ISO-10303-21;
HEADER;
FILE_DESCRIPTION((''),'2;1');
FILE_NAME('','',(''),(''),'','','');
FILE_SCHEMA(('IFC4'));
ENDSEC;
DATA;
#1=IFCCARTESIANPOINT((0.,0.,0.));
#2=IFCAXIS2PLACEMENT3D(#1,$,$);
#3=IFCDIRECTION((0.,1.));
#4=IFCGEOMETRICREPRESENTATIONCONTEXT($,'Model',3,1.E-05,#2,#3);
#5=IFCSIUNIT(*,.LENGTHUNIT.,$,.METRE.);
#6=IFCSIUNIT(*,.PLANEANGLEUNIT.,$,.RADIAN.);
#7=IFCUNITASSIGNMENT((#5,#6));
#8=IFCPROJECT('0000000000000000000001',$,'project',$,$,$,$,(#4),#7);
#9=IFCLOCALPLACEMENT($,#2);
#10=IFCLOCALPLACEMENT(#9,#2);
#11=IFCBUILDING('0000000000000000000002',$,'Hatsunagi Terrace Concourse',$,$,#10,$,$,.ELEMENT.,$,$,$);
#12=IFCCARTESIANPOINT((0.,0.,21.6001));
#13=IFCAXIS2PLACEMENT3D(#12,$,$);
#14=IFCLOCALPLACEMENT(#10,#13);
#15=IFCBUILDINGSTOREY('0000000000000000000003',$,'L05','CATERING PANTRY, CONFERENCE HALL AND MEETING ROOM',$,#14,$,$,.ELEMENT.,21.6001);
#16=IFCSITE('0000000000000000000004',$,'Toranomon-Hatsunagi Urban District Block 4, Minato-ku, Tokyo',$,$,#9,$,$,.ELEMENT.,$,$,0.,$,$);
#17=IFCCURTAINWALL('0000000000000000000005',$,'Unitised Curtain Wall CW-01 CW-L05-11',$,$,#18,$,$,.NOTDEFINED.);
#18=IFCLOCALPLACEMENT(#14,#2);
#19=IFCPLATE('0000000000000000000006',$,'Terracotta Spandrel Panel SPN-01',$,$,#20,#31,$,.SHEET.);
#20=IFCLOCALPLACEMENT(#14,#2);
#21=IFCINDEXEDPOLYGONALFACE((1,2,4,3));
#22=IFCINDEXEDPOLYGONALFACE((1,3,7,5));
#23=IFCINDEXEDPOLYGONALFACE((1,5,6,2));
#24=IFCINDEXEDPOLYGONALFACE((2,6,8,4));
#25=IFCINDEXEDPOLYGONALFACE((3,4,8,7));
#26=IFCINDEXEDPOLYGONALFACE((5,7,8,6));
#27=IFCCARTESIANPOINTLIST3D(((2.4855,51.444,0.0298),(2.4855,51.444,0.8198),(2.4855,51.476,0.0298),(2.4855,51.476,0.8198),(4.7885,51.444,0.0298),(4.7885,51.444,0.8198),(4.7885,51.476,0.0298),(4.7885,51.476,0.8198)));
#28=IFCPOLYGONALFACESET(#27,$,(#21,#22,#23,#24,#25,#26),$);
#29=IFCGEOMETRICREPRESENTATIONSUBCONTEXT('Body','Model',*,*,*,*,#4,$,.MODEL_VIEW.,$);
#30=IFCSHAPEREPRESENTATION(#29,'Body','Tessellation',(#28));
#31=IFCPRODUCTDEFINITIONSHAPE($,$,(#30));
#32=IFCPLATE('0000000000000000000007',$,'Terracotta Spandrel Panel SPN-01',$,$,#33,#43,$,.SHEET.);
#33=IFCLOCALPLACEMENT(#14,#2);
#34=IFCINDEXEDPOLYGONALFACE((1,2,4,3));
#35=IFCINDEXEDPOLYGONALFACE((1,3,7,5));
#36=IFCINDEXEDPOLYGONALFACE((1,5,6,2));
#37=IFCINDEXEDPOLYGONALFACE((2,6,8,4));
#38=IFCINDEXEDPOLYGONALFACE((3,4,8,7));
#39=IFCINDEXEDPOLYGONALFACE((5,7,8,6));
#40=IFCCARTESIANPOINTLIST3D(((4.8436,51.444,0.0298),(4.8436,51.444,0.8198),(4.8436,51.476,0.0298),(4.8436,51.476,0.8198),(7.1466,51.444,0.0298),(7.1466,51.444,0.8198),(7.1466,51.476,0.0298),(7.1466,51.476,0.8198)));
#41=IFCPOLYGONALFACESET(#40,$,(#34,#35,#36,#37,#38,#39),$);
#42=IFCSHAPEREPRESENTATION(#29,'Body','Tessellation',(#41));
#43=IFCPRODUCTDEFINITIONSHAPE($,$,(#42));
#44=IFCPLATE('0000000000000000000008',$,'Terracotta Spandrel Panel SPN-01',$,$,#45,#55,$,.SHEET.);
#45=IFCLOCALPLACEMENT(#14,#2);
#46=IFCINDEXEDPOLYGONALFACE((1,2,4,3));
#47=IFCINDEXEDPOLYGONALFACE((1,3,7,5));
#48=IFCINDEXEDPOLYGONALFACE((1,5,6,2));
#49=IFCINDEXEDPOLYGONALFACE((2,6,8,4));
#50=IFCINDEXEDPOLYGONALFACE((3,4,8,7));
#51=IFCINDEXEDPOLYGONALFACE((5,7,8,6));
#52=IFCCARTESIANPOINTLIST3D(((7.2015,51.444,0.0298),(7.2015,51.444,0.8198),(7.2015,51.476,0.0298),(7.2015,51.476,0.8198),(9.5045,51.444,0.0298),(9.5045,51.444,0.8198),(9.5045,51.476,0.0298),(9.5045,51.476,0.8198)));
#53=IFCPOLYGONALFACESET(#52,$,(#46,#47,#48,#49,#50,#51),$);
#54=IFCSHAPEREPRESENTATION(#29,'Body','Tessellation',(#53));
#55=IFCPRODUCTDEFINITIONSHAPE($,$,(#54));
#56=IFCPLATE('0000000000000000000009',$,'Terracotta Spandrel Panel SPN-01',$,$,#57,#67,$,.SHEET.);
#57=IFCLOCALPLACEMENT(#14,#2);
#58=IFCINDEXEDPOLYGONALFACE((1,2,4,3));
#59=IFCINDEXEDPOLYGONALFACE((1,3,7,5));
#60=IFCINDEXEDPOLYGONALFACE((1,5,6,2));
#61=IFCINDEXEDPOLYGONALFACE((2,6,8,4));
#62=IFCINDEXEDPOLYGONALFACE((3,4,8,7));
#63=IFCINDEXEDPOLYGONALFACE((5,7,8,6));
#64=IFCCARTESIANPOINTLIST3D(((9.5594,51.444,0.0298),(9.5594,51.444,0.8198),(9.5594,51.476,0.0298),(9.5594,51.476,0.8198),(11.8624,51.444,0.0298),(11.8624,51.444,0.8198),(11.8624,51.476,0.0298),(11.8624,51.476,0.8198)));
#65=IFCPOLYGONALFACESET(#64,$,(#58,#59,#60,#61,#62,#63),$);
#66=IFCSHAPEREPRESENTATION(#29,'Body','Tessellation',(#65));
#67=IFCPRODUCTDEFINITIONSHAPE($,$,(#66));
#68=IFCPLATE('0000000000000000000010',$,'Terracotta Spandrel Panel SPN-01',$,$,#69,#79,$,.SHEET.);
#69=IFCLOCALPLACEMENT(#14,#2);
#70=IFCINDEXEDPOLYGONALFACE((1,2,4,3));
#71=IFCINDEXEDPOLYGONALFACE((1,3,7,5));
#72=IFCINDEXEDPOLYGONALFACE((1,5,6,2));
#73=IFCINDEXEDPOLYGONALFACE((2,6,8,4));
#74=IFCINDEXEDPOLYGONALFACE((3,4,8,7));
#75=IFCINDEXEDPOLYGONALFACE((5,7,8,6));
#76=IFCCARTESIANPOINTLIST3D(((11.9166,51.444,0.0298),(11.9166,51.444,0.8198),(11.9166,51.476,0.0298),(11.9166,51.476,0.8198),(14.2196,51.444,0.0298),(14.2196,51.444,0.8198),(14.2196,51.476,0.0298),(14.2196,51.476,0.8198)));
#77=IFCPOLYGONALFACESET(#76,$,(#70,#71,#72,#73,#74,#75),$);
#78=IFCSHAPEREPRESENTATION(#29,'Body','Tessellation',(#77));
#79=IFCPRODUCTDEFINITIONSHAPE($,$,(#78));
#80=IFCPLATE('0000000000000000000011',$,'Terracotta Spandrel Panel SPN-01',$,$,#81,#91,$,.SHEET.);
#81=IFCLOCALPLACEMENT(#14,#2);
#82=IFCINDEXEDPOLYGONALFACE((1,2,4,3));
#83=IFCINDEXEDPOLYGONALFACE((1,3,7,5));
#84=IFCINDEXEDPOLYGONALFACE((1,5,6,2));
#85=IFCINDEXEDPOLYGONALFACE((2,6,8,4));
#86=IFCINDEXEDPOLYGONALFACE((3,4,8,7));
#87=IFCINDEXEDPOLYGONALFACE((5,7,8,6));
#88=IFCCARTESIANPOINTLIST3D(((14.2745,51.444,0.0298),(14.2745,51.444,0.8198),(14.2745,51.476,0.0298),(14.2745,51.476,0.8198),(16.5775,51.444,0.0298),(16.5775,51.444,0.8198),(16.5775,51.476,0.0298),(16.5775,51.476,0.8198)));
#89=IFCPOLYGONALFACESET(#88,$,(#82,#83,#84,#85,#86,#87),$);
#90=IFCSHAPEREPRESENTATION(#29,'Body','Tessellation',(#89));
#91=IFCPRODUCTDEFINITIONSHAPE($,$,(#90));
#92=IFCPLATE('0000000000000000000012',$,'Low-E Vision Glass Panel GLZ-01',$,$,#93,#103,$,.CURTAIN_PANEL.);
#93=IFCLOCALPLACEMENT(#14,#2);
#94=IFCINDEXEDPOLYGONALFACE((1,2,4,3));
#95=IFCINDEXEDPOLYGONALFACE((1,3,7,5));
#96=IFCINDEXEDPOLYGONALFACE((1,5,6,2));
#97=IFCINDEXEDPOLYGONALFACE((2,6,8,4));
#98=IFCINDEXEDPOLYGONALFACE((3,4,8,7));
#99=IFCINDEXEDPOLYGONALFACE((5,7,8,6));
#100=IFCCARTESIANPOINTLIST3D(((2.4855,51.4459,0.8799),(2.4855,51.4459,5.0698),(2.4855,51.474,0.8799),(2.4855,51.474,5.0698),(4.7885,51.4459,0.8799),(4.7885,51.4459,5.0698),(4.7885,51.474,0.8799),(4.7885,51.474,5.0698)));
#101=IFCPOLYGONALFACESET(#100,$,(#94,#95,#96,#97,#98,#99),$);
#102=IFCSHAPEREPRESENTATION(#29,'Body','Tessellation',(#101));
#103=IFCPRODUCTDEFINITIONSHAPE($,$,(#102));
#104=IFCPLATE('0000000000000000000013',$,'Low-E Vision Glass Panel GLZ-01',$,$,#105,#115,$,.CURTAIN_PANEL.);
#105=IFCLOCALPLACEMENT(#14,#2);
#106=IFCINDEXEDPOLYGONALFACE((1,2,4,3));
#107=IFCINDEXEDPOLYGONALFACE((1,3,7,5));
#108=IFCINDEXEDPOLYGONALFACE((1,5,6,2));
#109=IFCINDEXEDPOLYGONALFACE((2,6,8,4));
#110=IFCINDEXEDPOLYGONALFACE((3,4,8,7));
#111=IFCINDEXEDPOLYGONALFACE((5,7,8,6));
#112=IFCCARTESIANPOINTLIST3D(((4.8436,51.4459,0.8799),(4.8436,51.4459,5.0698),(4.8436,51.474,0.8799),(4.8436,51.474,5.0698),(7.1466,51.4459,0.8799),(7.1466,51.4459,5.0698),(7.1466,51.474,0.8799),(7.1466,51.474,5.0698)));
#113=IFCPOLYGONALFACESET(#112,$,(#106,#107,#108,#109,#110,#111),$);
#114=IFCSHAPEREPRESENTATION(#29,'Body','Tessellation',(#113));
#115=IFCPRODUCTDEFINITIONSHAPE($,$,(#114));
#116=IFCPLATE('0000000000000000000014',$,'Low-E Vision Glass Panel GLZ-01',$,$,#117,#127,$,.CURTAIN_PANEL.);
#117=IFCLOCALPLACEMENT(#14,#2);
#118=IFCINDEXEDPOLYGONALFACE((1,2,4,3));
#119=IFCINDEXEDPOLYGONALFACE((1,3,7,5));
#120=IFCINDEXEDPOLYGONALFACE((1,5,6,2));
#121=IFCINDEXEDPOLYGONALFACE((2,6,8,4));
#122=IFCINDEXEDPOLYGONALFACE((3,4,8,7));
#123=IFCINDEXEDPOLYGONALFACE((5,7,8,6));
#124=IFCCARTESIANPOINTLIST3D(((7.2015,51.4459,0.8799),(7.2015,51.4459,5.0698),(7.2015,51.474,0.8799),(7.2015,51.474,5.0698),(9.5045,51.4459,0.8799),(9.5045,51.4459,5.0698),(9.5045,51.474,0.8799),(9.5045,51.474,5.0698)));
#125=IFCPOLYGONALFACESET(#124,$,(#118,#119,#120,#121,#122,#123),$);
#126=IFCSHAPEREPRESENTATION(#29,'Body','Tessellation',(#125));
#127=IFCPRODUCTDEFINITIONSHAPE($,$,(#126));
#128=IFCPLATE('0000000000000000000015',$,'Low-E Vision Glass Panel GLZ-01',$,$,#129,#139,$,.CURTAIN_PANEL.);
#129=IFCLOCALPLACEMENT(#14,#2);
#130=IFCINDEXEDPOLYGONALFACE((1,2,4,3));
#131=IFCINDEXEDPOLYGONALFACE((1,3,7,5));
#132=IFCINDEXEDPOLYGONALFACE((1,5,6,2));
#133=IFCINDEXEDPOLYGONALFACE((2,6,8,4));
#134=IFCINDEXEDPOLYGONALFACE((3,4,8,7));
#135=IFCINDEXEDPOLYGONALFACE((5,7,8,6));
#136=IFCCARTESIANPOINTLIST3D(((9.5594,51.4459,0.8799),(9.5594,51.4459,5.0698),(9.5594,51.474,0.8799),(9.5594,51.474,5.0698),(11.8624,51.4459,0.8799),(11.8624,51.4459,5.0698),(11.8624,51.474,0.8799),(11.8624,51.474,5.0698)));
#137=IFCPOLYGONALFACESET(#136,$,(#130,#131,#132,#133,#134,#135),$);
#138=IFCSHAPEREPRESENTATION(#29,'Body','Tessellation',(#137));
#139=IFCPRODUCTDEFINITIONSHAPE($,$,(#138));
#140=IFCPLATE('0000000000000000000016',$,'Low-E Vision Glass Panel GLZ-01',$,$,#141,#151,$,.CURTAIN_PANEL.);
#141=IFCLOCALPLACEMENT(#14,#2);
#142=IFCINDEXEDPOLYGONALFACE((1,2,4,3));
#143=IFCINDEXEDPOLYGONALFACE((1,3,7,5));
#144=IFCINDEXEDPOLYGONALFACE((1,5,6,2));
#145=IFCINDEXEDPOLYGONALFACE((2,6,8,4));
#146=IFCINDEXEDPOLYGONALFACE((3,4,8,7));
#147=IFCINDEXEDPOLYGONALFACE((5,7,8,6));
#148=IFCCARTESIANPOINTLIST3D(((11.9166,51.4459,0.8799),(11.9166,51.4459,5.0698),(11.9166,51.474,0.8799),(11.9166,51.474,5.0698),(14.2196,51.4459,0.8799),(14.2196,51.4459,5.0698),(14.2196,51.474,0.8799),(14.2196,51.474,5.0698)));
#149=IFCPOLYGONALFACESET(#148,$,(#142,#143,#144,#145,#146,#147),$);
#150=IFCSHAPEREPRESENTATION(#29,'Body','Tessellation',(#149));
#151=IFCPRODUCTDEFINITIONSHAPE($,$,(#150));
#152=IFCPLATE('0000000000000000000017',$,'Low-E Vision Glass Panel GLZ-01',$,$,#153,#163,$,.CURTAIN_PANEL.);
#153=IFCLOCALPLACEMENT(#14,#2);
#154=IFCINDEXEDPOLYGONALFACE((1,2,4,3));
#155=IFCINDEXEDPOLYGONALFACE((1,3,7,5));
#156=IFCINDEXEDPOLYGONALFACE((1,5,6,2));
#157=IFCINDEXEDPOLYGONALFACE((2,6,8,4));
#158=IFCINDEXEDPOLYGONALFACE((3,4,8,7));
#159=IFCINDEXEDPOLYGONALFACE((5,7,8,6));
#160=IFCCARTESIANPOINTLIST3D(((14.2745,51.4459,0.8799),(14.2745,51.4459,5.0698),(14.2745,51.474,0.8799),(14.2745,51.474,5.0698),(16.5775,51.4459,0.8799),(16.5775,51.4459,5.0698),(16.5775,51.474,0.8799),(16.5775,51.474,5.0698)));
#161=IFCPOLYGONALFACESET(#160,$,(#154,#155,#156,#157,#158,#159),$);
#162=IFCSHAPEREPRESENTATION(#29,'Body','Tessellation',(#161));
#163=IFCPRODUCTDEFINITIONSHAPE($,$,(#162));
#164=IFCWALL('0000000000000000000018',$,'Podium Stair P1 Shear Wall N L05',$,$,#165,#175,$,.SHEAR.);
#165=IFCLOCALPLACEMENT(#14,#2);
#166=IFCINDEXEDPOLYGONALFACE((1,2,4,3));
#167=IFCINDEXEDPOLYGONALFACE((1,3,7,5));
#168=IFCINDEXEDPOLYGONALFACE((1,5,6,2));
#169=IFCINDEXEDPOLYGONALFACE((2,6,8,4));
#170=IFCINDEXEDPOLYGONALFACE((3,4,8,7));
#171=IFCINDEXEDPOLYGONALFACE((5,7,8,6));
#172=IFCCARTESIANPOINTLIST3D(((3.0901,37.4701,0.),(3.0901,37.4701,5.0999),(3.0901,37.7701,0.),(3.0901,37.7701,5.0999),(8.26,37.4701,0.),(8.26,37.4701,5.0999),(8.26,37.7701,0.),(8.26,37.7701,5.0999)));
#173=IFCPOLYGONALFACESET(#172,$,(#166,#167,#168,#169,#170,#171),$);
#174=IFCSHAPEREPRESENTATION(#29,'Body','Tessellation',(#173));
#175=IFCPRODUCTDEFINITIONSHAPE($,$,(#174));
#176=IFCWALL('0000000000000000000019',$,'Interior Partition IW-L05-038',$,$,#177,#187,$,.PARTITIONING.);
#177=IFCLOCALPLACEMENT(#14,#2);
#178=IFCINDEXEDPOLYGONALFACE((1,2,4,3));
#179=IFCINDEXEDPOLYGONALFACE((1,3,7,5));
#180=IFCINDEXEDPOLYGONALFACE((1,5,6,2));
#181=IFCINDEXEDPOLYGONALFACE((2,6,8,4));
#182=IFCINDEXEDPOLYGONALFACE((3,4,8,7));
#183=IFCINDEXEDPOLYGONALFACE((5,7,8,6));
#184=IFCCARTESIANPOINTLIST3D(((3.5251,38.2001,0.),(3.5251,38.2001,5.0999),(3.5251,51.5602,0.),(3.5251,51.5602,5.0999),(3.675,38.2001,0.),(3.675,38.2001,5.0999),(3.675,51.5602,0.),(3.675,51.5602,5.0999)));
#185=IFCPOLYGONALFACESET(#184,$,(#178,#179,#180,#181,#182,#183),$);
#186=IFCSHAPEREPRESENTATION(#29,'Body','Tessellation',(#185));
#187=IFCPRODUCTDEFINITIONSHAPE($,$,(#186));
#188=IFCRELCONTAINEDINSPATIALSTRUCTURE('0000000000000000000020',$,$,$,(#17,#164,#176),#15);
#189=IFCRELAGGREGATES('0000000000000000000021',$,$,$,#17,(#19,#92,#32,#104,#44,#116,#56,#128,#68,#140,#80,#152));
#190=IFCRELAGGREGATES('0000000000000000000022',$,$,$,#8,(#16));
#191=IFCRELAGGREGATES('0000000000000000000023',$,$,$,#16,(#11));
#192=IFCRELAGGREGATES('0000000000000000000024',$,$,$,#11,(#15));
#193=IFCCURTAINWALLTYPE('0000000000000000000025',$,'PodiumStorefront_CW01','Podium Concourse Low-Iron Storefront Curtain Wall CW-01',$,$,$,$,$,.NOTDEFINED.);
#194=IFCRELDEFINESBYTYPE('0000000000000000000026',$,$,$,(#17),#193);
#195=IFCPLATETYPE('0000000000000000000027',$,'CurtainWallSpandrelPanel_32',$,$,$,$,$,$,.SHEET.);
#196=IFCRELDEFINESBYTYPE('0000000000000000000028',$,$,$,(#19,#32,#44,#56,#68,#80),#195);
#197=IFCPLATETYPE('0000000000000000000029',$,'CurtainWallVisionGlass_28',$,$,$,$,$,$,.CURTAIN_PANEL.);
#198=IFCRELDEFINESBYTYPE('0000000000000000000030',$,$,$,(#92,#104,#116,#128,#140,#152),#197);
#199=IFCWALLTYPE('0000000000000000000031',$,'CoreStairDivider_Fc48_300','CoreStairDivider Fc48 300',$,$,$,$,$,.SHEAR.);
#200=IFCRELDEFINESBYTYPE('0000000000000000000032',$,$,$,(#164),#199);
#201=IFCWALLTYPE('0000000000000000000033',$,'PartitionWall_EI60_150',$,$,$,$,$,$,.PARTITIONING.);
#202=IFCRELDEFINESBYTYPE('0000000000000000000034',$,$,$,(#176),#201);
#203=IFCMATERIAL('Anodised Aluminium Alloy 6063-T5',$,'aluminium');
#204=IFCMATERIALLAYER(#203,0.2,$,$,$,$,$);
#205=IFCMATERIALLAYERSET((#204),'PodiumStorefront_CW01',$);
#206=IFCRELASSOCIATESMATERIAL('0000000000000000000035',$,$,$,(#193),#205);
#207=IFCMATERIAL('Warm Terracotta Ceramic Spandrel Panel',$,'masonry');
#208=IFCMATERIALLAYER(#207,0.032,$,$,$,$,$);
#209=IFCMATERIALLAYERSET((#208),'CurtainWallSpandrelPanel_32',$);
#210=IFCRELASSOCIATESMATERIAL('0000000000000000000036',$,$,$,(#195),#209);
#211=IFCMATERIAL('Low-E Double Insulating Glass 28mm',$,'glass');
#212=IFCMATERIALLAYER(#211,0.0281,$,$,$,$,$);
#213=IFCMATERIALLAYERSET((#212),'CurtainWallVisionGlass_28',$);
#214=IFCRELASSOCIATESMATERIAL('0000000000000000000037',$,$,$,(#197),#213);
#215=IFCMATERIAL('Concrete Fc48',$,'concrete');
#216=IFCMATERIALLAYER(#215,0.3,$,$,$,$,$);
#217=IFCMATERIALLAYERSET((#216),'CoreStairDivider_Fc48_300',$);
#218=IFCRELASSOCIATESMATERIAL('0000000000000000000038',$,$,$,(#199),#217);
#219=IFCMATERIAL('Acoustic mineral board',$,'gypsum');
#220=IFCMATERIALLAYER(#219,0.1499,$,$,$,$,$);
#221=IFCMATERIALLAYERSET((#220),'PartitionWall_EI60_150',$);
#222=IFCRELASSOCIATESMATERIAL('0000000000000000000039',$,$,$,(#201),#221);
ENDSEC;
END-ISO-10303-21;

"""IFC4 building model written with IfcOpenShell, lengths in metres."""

from ifc_helpers import new_model, si_unit, direction, frame, frame_2d, origin, origin_2d, place, context, subcontext, project, spatial, rectangle, extrude, material, layer, layer_set, type_object, element, aggregate, save


model = new_model("IFC4")

# Units and contexts
model_context = context("Model", 3, precision=1e-05, world=origin(), true_north=direction((0.0, 1.0)))
body_context = subcontext(model_context, "Body", "Model", "MODEL_VIEW")
ifc_project = project(units=[si_unit("LENGTHUNIT", "METRE"), si_unit("PLANEANGLEUNIT", "RADIAN")], contexts=[model_context])

# Site, building, storey
site_placement = place(None, origin())
site = spatial("IfcSite", under=ifc_project, at=site_placement, Name="Toranomon-Hatsunagi Urban District Block 4, Minato-ku, Tokyo", CompositionType="ELEMENT", RefElevation=0.0)
building_placement = place(site_placement, origin())
building = spatial("IfcBuilding", under=site, at=building_placement, Name="Hatsunagi Terrace Concourse", CompositionType="ELEMENT")
storey_placement = place(building_placement, frame((0.0, 0.0, 21.6001)))
storey = spatial("IfcBuildingStorey", under=building, at=storey_placement, Name="L05", Description="CATERING PANTRY, CONFERENCE HALL AND MEETING ROOM", CompositionType="ELEMENT", Elevation=21.6001)

# Curtain wall
ifc_material_1 = material(Name="Anodised Aluminium Alloy 6063-T5", Category="aluminium")
ifc_layer_1 = layer(ifc_material_1, 0.2)
ifc_layer_set_1 = layer_set([ifc_layer_1], Name="PodiumStorefront_CW01")
curtain_wall_type = type_object("IfcCurtainWallType", Name="PodiumStorefront_CW01", Description="Podium Concourse Low-Iron Storefront Curtain Wall CW-01", PredefinedType="NOTDEFINED", material=ifc_layer_set_1)
curtain_wall_placement = place(storey_placement, origin())
curtain_wall = element("IfcCurtainWall", 1, at=curtain_wall_placement, inside=storey, type_object=curtain_wall_type, Name="Unitised Curtain Wall CW-01 CW-L05-11", PredefinedType="NOTDEFINED")

# Plates
ifc_material_2 = material(Name="Warm Terracotta Ceramic Spandrel Panel", Category="masonry")
ifc_layer_2 = layer(ifc_material_2, 0.032)
ifc_layer_set_2 = layer_set([ifc_layer_2], Name="CurtainWallSpandrelPanel_32")
plate_type_1 = type_object("IfcPlateType", Name="CurtainWallSpandrelPanel_32", PredefinedType="SHEET", material=ifc_layer_set_2)
plate_1_placement = place(storey_placement, frame((3.637, 51.46, 0.0298), z_axis=(0.0, 0.0, 1.0), x_axis=(1.0, 0.0, 0.0)))
plate_1 = element("IfcPlate", 2, at=plate_1_placement, type_object=plate_type_1, Name="Terracotta Spandrel Panel SPN-01", PredefinedType="SHEET", context=body_context, shape_type="SweptSolid", body=[
    extrude(rectangle(XDim=2.303, YDim=0.032, at=origin_2d()), origin(), (0.0, 0.0, 1.0), 0.79),
])
plate_2_placement = place(storey_placement, frame((5.9951, 51.46, 0.0298), z_axis=(0.0, 0.0, 1.0), x_axis=(1.0, 0.0, 0.0)))
plate_2 = element("IfcPlate", 3, at=plate_2_placement, type_object=plate_type_1, Name="Terracotta Spandrel Panel SPN-01", PredefinedType="SHEET", context=body_context, shape_type="SweptSolid", body=[
    extrude(rectangle(XDim=2.303, YDim=0.032, at=origin_2d()), origin(), (0.0, 0.0, 1.0), 0.79),
])
plate_3_placement = place(storey_placement, frame((8.353, 51.46, 0.0298), z_axis=(0.0, 0.0, 1.0), x_axis=(1.0, 0.0, 0.0)))
plate_3 = element("IfcPlate", 4, at=plate_3_placement, type_object=plate_type_1, Name="Terracotta Spandrel Panel SPN-01", PredefinedType="SHEET", context=body_context, shape_type="SweptSolid", body=[
    extrude(rectangle(XDim=2.303, YDim=0.032, at=origin_2d()), origin(), (0.0, 0.0, 1.0), 0.79),
])
plate_4_placement = place(storey_placement, frame((10.7109, 51.46, 0.0298), z_axis=(0.0, 0.0, 1.0), x_axis=(1.0, 0.0, 0.0)))
plate_4 = element("IfcPlate", 5, at=plate_4_placement, type_object=plate_type_1, Name="Terracotta Spandrel Panel SPN-01", PredefinedType="SHEET", context=body_context, shape_type="SweptSolid", body=[
    extrude(rectangle(XDim=2.303, YDim=0.032, at=origin_2d()), origin(), (0.0, 0.0, 1.0), 0.79),
])
plate_5_placement = place(storey_placement, frame((13.0681, 51.46, 0.0298), z_axis=(0.0, 0.0, 1.0), x_axis=(1.0, 0.0, 0.0)))
plate_5 = element("IfcPlate", 6, at=plate_5_placement, type_object=plate_type_1, Name="Terracotta Spandrel Panel SPN-01", PredefinedType="SHEET", context=body_context, shape_type="SweptSolid", body=[
    extrude(rectangle(XDim=2.303, YDim=0.032, at=origin_2d()), origin(), (0.0, 0.0, 1.0), 0.79),
])
plate_6_placement = place(storey_placement, frame((15.426, 51.46, 0.0298), z_axis=(0.0, 0.0, 1.0), x_axis=(1.0, 0.0, 0.0)))
plate_6 = element("IfcPlate", 7, at=plate_6_placement, type_object=plate_type_1, Name="Terracotta Spandrel Panel SPN-01", PredefinedType="SHEET", context=body_context, shape_type="SweptSolid", body=[
    extrude(rectangle(XDim=2.303, YDim=0.032, at=origin_2d()), origin(), (0.0, 0.0, 1.0), 0.79),
])
ifc_material_3 = material(Name="Low-E Double Insulating Glass 28mm", Category="glass")
ifc_layer_3 = layer(ifc_material_3, 0.0281)
ifc_layer_set_3 = layer_set([ifc_layer_3], Name="CurtainWallVisionGlass_28")
plate_type_2 = type_object("IfcPlateType", Name="CurtainWallVisionGlass_28", PredefinedType="CURTAIN_PANEL", material=ifc_layer_set_3)
plate_7_placement = place(storey_placement, frame((3.637, 51.46, 0.8799), z_axis=(0.0, 0.0, 1.0), x_axis=(1.0, 0.0, 0.0)))
plate_7 = element("IfcPlate", 8, at=plate_7_placement, type_object=plate_type_2, Name="Low-E Vision Glass Panel GLZ-01", PredefinedType="CURTAIN_PANEL", context=body_context, shape_type="SweptSolid", body=[
    extrude(rectangle(XDim=2.303, YDim=0.0281, at=origin_2d()), origin(), (0.0, 0.0, 1.0), 4.1899),
])
plate_8_placement = place(storey_placement, frame((5.9951, 51.46, 0.8799), z_axis=(0.0, 0.0, 1.0), x_axis=(1.0, 0.0, 0.0)))
plate_8 = element("IfcPlate", 9, at=plate_8_placement, type_object=plate_type_2, Name="Low-E Vision Glass Panel GLZ-01", PredefinedType="CURTAIN_PANEL", context=body_context, shape_type="SweptSolid", body=[
    extrude(rectangle(XDim=2.303, YDim=0.0281, at=origin_2d()), origin(), (0.0, 0.0, 1.0), 4.1899),
])
plate_9_placement = place(storey_placement, frame((8.353, 51.46, 0.8799), z_axis=(0.0, 0.0, 1.0), x_axis=(1.0, 0.0, 0.0)))
plate_9 = element("IfcPlate", 10, at=plate_9_placement, type_object=plate_type_2, Name="Low-E Vision Glass Panel GLZ-01", PredefinedType="CURTAIN_PANEL", context=body_context, shape_type="SweptSolid", body=[
    extrude(rectangle(XDim=2.303, YDim=0.0281, at=origin_2d()), origin(), (0.0, 0.0, 1.0), 4.1899),
])
plate_10_placement = place(storey_placement, frame((10.7109, 51.46, 0.8799), z_axis=(0.0, 0.0, 1.0), x_axis=(1.0, 0.0, 0.0)))
plate_10 = element("IfcPlate", 11, at=plate_10_placement, type_object=plate_type_2, Name="Low-E Vision Glass Panel GLZ-01", PredefinedType="CURTAIN_PANEL", context=body_context, shape_type="SweptSolid", body=[
    extrude(rectangle(XDim=2.303, YDim=0.0281, at=origin_2d()), origin(), (0.0, 0.0, 1.0), 4.1899),
])
plate_11_placement = place(storey_placement, frame((13.0681, 51.46, 0.8799), z_axis=(0.0, 0.0, 1.0), x_axis=(1.0, 0.0, 0.0)))
plate_11 = element("IfcPlate", 12, at=plate_11_placement, type_object=plate_type_2, Name="Low-E Vision Glass Panel GLZ-01", PredefinedType="CURTAIN_PANEL", context=body_context, shape_type="SweptSolid", body=[
    extrude(rectangle(XDim=2.303, YDim=0.0281, at=origin_2d()), origin(), (0.0, 0.0, 1.0), 4.1899),
])
plate_12_placement = place(storey_placement, frame((15.426, 51.46, 0.8799), z_axis=(0.0, 0.0, 1.0), x_axis=(1.0, 0.0, 0.0)))
plate_12 = element("IfcPlate", 13, at=plate_12_placement, type_object=plate_type_2, Name="Low-E Vision Glass Panel GLZ-01", PredefinedType="CURTAIN_PANEL", context=body_context, shape_type="SweptSolid", body=[
    extrude(rectangle(XDim=2.303, YDim=0.0281, at=origin_2d()), origin(), (0.0, 0.0, 1.0), 4.1899),
])
aggregate(curtain_wall, [plate_1, plate_7, plate_2, plate_8, plate_3, plate_9, plate_4, plate_10, plate_5, plate_11, plate_6, plate_12])

# Walls
ifc_material_4 = material(Name="Concrete Fc48", Category="concrete")
ifc_layer_4 = layer(ifc_material_4, 0.3)
ifc_layer_set_4 = layer_set([ifc_layer_4], Name="CoreStairDivider_Fc48_300")
wall_type_1 = type_object("IfcWallType", Name="CoreStairDivider_Fc48_300", Description="CoreStairDivider Fc48 300", PredefinedType="SHEAR", material=ifc_layer_set_4)
wall_1_placement = place(storey_placement, frame((3.0901, 37.6201, 0.0), z_axis=(0.0, 0.0, 1.0), x_axis=(1.0, 0.0, 0.0)))
element("IfcWall", 14, at=wall_1_placement, inside=storey, type_object=wall_type_1, Name="Podium Stair P1 Shear Wall N L05", PredefinedType="SHEAR", context=body_context, shape_type="SweptSolid", body=[
    extrude(rectangle(XDim=5.1699, YDim=0.3, at=frame_2d((2.585, 0.0))), origin(), (0.0, 0.0, 1.0), 5.0999),
])
ifc_material_5 = material(Name="Acoustic mineral board", Category="gypsum")
ifc_layer_5 = layer(ifc_material_5, 0.1499)
ifc_layer_set_5 = layer_set([ifc_layer_5], Name="PartitionWall_EI60_150")
wall_type_2 = type_object("IfcWallType", Name="PartitionWall_EI60_150", PredefinedType="PARTITIONING", material=ifc_layer_set_5)
wall_2_placement = place(storey_placement, frame((3.6001, 38.2, 0.0), z_axis=(0.0, 0.0, 1.0), x_axis=(0.0, 1.0, 0.0)))
element("IfcWall", 15, at=wall_2_placement, inside=storey, type_object=wall_type_2, Name="Interior Partition IW-L05-038", PredefinedType="PARTITIONING", context=body_context, shape_type="SweptSolid", body=[
    extrude(rectangle(XDim=13.3601, YDim=0.1499, at=frame_2d((6.6802, 0.0))), origin(), (0.0, 0.0, 1.0), 5.0999),
])

save(model, "model.ifc")
